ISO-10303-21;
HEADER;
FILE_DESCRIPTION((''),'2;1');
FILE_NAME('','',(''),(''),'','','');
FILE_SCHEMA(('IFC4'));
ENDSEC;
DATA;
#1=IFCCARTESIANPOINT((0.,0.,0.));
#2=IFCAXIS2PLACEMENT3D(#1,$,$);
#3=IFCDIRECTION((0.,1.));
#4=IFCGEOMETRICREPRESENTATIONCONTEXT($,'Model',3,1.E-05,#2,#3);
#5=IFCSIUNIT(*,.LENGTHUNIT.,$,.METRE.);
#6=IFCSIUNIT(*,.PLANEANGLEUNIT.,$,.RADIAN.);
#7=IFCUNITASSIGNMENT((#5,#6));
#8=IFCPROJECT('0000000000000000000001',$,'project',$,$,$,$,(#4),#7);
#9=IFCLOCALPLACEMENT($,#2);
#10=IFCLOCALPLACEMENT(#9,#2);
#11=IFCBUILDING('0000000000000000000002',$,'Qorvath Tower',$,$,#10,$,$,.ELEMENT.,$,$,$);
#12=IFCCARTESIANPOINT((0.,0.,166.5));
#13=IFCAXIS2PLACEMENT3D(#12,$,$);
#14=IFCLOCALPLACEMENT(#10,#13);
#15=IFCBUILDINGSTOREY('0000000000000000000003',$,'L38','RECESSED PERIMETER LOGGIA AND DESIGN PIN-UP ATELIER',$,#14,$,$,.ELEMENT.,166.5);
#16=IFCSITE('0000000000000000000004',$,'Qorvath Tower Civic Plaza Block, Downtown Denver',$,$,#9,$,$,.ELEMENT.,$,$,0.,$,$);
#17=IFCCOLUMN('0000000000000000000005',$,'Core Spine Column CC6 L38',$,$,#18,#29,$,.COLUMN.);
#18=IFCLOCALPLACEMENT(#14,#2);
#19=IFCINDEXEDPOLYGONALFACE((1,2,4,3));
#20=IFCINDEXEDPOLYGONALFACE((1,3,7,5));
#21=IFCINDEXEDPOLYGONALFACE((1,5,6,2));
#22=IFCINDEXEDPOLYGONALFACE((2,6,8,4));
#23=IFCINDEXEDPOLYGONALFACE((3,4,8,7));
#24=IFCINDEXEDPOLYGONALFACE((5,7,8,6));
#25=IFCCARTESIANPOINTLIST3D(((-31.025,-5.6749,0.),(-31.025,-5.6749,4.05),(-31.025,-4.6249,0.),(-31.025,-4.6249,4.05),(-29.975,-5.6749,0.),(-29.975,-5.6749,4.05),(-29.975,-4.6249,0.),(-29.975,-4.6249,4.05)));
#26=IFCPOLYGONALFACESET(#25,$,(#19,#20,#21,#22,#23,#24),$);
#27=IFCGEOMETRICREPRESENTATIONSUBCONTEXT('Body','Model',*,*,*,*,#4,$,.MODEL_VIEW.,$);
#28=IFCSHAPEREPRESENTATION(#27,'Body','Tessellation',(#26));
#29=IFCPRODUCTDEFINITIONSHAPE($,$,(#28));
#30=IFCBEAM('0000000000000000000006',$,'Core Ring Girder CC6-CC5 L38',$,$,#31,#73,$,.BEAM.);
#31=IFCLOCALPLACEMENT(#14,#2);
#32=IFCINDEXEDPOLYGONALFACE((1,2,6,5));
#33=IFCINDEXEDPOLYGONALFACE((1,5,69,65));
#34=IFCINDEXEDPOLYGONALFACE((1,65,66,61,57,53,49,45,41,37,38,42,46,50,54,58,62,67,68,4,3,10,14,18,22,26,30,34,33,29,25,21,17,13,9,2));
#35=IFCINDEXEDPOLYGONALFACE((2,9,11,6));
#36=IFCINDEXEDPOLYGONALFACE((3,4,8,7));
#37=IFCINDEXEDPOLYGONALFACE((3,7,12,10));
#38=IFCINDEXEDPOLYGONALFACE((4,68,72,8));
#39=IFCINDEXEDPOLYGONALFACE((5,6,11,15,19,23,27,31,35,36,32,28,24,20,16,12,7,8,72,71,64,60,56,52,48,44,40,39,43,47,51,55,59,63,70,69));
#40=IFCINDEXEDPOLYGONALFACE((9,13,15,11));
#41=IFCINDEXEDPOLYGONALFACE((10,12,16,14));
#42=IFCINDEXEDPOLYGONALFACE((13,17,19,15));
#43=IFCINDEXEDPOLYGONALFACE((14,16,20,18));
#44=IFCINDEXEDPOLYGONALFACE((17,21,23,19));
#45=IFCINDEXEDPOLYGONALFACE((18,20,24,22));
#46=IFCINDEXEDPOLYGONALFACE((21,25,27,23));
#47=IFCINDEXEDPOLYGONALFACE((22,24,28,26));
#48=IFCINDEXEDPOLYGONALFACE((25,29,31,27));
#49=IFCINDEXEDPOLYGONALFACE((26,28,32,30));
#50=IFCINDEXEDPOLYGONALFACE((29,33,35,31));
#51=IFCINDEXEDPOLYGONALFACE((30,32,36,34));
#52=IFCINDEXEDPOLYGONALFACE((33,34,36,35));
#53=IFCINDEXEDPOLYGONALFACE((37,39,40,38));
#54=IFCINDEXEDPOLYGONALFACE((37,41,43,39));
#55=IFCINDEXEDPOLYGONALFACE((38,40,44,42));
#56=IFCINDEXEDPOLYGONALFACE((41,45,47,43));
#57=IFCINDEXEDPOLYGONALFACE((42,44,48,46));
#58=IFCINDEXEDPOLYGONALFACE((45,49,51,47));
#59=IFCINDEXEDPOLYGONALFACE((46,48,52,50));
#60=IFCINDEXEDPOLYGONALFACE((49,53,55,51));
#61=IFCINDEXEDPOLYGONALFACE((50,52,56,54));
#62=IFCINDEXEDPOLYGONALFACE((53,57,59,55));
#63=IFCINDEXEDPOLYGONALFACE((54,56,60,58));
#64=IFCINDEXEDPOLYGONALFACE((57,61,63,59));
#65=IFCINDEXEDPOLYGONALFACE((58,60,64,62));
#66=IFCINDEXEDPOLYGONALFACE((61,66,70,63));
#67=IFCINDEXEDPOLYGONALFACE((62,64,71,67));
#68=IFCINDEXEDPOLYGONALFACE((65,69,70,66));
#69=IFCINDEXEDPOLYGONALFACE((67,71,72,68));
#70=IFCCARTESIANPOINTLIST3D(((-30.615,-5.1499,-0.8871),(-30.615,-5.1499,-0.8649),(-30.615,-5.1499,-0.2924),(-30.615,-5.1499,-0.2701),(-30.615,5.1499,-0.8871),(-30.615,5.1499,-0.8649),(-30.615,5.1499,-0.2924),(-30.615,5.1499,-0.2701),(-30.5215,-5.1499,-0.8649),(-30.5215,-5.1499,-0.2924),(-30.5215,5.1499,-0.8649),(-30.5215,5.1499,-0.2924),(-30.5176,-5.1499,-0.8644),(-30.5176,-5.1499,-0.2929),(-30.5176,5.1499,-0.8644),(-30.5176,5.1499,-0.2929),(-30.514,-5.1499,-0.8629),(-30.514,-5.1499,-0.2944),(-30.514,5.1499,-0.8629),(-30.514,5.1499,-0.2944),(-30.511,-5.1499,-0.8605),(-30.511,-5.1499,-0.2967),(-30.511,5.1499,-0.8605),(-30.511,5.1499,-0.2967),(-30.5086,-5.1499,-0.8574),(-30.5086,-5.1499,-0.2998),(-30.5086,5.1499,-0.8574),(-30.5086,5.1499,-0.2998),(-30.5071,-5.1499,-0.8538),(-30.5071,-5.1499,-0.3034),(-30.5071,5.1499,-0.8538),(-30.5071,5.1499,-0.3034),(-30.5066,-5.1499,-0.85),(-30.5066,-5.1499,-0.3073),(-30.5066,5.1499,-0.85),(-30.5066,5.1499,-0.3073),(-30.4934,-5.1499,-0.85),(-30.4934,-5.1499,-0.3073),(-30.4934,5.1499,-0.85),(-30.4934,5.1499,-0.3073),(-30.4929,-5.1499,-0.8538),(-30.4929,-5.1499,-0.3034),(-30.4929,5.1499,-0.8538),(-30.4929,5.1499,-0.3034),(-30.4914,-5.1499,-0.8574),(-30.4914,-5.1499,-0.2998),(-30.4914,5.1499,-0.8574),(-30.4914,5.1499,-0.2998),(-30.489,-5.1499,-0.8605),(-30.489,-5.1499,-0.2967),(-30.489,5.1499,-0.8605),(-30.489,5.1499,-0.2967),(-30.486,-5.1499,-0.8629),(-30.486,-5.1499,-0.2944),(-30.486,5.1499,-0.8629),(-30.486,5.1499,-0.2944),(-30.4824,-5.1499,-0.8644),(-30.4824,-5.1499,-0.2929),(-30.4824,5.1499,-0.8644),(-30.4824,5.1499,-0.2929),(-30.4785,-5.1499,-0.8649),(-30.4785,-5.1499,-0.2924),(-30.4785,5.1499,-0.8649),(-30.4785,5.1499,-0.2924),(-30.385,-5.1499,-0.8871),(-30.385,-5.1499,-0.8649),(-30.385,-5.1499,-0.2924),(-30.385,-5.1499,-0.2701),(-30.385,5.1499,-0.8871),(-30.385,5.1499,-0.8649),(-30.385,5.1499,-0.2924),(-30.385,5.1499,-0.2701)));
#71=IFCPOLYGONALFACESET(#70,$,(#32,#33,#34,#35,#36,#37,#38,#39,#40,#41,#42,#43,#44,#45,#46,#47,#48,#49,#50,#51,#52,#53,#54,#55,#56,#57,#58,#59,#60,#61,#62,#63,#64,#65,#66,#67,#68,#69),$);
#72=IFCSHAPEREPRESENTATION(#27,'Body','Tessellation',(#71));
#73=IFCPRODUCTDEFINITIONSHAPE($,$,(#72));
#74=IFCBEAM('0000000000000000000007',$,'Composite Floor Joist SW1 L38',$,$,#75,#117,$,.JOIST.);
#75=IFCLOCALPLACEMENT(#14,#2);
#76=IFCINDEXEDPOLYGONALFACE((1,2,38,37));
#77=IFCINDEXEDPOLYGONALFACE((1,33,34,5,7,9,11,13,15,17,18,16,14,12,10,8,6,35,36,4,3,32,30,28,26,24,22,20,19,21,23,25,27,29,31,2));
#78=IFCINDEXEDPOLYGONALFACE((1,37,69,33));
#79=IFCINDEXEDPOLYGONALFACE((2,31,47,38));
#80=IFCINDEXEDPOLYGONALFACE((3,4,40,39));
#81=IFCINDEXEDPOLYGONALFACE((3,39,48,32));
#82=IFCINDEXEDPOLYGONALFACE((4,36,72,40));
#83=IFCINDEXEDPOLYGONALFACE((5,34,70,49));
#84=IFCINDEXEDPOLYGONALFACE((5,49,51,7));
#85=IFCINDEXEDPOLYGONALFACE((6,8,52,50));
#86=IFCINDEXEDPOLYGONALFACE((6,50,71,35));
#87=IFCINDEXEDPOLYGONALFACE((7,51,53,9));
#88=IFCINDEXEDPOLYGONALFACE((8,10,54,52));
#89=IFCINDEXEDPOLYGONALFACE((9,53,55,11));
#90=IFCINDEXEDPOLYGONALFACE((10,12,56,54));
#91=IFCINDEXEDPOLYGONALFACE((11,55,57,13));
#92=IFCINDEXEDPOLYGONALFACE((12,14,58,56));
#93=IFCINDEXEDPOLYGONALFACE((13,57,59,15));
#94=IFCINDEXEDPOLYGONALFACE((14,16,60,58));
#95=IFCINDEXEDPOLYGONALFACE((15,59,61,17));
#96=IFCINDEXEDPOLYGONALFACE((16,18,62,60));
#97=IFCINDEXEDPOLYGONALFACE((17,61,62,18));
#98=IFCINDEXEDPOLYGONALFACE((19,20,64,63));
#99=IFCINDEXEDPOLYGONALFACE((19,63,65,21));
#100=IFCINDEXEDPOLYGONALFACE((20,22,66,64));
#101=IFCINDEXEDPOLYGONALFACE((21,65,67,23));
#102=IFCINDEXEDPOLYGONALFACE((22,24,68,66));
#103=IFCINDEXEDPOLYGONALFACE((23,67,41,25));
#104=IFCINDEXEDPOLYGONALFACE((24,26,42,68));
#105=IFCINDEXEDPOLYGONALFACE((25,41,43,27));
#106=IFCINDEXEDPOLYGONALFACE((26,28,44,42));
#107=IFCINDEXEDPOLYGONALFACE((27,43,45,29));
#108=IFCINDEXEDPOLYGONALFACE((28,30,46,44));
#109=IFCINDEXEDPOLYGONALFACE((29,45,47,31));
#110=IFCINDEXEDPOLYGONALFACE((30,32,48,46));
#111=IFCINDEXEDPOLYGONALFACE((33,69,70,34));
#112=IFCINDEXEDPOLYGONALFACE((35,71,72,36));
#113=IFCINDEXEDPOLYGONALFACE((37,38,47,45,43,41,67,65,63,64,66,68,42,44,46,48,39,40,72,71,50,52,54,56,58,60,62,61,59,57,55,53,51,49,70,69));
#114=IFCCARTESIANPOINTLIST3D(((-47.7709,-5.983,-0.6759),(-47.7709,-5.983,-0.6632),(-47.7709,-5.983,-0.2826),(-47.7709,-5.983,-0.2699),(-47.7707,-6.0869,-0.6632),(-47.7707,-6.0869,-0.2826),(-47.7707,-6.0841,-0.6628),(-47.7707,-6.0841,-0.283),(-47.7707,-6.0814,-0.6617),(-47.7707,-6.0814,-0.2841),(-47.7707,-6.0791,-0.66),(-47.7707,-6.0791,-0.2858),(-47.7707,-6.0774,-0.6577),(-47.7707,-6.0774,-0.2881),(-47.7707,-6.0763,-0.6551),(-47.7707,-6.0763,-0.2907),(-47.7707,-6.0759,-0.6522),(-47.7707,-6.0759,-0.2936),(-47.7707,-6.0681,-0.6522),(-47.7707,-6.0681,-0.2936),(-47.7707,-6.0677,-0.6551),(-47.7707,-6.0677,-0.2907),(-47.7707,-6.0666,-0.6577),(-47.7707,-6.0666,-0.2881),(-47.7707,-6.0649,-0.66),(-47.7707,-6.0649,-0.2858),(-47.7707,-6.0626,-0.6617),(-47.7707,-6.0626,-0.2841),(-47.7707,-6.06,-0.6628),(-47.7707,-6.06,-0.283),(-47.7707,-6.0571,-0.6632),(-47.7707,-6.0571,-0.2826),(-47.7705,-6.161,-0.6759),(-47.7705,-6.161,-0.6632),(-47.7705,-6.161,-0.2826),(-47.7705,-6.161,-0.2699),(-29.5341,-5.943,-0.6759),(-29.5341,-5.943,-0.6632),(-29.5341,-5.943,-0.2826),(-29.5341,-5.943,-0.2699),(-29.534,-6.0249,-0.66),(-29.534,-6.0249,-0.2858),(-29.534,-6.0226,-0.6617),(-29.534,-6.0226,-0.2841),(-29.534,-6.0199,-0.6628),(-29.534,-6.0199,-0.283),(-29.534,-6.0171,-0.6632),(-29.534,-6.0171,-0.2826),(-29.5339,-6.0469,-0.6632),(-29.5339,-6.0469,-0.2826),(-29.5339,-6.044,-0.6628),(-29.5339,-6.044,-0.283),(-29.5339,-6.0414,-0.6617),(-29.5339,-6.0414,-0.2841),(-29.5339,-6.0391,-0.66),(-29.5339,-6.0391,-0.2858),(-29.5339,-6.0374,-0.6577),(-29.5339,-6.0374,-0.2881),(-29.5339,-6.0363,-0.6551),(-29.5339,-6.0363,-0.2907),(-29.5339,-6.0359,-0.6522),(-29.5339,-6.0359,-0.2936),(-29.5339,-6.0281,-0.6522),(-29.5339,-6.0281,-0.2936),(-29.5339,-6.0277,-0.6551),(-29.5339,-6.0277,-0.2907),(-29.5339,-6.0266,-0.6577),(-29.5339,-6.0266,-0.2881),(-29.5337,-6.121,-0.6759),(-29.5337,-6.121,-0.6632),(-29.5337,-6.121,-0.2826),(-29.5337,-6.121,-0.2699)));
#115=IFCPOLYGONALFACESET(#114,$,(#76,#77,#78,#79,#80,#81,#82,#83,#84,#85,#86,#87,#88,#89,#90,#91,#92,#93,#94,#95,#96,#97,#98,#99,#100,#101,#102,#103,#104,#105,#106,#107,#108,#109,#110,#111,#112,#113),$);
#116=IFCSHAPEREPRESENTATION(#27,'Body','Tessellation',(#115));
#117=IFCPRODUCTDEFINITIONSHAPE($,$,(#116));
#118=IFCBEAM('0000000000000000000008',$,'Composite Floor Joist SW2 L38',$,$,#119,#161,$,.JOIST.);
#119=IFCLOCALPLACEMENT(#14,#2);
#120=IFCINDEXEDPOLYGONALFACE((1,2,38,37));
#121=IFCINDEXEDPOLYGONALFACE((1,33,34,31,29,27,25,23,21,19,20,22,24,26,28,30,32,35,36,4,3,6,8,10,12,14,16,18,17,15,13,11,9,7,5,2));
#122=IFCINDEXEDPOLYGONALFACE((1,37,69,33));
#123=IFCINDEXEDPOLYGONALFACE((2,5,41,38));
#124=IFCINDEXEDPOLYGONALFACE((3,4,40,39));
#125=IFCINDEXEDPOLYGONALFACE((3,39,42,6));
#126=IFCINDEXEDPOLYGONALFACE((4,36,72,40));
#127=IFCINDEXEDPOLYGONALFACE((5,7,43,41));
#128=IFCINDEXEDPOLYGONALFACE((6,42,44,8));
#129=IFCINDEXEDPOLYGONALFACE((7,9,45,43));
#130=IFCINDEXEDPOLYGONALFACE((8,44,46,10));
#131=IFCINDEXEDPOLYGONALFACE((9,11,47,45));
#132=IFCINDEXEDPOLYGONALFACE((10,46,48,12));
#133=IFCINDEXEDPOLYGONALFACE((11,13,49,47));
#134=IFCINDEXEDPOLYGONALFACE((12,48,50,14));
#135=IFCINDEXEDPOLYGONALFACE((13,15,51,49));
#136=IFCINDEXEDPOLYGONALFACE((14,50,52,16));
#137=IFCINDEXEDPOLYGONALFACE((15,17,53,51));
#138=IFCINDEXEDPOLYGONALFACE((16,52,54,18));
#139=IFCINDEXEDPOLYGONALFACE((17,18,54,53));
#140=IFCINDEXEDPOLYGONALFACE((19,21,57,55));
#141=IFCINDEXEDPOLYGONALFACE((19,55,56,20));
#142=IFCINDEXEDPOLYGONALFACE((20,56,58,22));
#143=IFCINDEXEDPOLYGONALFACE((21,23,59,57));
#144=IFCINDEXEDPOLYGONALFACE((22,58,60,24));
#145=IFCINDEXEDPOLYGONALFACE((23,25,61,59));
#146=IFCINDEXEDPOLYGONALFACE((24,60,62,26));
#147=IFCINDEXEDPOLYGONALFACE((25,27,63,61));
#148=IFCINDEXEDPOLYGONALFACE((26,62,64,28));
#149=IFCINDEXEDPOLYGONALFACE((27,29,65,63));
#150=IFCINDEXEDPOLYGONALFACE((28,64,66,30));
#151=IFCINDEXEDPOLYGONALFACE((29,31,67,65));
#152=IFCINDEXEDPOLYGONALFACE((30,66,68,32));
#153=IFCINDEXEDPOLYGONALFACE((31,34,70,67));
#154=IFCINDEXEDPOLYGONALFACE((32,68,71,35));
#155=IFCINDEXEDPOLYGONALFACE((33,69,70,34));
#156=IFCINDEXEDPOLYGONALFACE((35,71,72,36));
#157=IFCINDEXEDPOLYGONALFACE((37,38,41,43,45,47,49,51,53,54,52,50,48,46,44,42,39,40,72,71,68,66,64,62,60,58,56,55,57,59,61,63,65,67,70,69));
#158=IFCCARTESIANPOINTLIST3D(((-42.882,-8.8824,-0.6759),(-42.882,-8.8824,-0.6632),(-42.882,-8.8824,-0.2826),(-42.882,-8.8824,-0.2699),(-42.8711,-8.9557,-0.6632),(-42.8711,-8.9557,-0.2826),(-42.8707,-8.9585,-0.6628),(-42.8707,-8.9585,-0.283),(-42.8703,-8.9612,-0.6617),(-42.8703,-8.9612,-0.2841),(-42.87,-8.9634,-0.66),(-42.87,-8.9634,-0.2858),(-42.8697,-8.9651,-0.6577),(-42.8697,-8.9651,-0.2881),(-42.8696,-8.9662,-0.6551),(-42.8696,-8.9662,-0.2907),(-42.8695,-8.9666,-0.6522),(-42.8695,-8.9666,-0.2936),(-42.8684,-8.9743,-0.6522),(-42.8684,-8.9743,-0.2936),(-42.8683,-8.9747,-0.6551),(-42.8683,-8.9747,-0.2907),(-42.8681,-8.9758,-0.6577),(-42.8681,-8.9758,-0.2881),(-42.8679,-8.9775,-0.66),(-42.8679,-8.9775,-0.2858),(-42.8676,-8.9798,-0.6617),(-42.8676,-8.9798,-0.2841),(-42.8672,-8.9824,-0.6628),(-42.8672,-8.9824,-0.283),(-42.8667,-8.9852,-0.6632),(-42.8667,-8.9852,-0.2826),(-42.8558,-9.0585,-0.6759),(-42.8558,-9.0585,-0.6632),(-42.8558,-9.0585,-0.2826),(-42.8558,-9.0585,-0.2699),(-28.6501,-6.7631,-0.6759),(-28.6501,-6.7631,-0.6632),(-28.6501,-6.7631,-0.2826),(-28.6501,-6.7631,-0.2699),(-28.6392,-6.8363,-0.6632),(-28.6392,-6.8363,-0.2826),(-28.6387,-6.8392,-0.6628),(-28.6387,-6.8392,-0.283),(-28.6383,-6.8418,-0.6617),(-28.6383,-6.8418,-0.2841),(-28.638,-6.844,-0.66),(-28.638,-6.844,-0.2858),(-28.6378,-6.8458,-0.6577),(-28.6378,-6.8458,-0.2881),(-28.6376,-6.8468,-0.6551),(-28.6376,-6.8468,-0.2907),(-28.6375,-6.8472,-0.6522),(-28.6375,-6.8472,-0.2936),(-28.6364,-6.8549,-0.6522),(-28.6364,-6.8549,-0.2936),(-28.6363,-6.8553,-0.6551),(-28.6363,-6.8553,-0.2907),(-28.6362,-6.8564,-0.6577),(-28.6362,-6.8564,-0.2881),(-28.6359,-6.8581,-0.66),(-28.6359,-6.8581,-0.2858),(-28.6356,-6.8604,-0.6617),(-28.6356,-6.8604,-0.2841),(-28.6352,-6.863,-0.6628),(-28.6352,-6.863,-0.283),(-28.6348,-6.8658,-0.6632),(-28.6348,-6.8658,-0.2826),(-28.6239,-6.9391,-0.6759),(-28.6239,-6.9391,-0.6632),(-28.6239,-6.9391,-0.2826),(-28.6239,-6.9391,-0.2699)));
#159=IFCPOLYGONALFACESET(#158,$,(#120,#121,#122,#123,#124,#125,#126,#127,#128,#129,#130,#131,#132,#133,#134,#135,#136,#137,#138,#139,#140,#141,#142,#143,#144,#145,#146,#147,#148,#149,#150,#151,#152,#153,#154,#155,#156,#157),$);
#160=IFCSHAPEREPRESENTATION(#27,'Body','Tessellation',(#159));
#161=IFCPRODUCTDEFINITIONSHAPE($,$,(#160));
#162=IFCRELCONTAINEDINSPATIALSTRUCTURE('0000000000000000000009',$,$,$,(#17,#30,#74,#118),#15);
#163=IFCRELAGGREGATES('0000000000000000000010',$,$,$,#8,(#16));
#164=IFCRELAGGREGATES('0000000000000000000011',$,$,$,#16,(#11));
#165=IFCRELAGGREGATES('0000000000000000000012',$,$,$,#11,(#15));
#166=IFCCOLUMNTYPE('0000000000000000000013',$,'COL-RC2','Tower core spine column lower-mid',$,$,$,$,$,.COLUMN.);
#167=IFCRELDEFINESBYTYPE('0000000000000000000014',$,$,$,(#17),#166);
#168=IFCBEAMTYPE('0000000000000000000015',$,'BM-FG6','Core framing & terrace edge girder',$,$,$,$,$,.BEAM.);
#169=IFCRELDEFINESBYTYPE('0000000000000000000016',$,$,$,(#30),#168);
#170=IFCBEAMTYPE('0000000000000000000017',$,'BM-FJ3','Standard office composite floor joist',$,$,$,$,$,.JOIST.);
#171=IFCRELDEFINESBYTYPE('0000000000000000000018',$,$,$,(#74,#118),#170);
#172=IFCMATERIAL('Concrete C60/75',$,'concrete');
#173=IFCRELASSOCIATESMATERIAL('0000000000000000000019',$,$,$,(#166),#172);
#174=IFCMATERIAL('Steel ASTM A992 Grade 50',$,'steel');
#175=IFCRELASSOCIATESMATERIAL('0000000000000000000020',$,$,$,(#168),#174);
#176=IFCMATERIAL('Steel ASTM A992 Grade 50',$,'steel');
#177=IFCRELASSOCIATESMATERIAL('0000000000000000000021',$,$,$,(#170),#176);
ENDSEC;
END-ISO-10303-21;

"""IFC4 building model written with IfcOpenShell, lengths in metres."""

from ifc_helpers import new_model, si_unit, direction, frame, origin, origin_2d, place, context, subcontext, project, spatial, rectangle, i_section, extrude, material, material_profile, profile_set, type_object, element, save


model = new_model("IFC4")

# Units and contexts
model_context = context("Model", 3, precision=1e-05, world=origin(), true_north=direction((0.0, 1.0)))
body_context = subcontext(model_context, "Body", "Model", "MODEL_VIEW")
ifc_project = project(units=[si_unit("LENGTHUNIT", "METRE"), si_unit("PLANEANGLEUNIT", "RADIAN")], contexts=[model_context])

# Site, building, storey
site_placement = place(None, origin())
site = spatial("IfcSite", under=ifc_project, at=site_placement, Name="Qorvath Tower Civic Plaza Block, Downtown Denver", CompositionType="ELEMENT", RefElevation=0.0)
building_placement = place(site_placement, origin())
building = spatial("IfcBuilding", under=site, at=building_placement, Name="Qorvath Tower", CompositionType="ELEMENT")
storey_placement = place(building_placement, frame((0.0, 0.0, 166.5)))
storey = spatial("IfcBuildingStorey", under=building, at=storey_placement, Name="L38", Description="RECESSED PERIMETER LOGGIA AND DESIGN PIN-UP ATELIER", CompositionType="ELEMENT", Elevation=166.5)

# Column
ifc_material_1 = material(Name="Concrete C60/75", Category="concrete")
ifc_material_profile_1 = material_profile(ifc_material_1, rectangle(XDim=1.05, YDim=1.05, at=origin_2d()), Name="RC 1050x1050")
ifc_profile_set_1 = profile_set([ifc_material_profile_1], Name="Concrete C60/75")
column_type = type_object("IfcColumnType", Name="COL-RC2", Description="Tower core spine column lower-mid", PredefinedType="COLUMN", material=ifc_profile_set_1)
column_placement = place(storey_placement, frame((-30.5, -5.1499, 0.0), z_axis=(0.0, 0.0, 1.0), x_axis=(1.0, 0.0, 0.0)))
element("IfcColumn", 1, at=column_placement, inside=storey, type_object=column_type, Name="Core Spine Column CC6 L38", PredefinedType="COLUMN", context=body_context, shape_type="SweptSolid", body=[
    extrude(rectangle(XDim=1.05, YDim=1.05, at=origin_2d()), origin(), (0.0, 0.0, 1.0), 4.05),
])

# Beams
ifc_material_2 = material(Name="Steel ASTM A992 Grade 50", Category="steel")
ifc_material_profile_2 = material_profile(ifc_material_2, i_section(OverallWidth=0.23, OverallDepth=0.6169, WebThickness=0.0132, FlangeThickness=0.0222, FilletRadius=0.0149, at=origin_2d()), Name="W24x94")
ifc_profile_set_2 = profile_set([ifc_material_profile_2], Name="Steel ASTM A992 Grade 50")
beam_type_1 = type_object("IfcBeamType", Name="BM-FG6", Description="Core framing & terrace edge girder", PredefinedType="BEAM", material=ifc_profile_set_2)
beam_1_placement = place(storey_placement, frame((-30.5, -5.1499, -0.5786), z_axis=(0.0, 1.0, 0.0), x_axis=(-1.0, 0.0, 0.0)))
element("IfcBeam", 2, at=beam_1_placement, inside=storey, type_object=beam_type_1, Name="Core Ring Girder CC6-CC5 L38", PredefinedType="BEAM", context=body_context, shape_type="SweptSolid", body=[
    extrude(i_section(OverallWidth=0.23, OverallDepth=0.6169, WebThickness=0.0132, FlangeThickness=0.0222, FilletRadius=0.0149, at=origin_2d()), origin(), (0.0, 0.0, 1.0), 10.2998),
])
ifc_material_3 = material(Name="Steel ASTM A992 Grade 50", Category="steel")
ifc_material_profile_3 = material_profile(ifc_material_3, i_section(OverallWidth=0.178, OverallDepth=0.406, WebThickness=0.0078, FlangeThickness=0.0127, FilletRadius=0.011, at=origin_2d()), Name="W16x40")
ifc_profile_set_3 = profile_set([ifc_material_profile_3], Name="Steel ASTM A992 Grade 50")
beam_type_2 = type_object("IfcBeamType", Name="BM-FJ3", Description="Standard office composite floor joist", PredefinedType="JOIST", material=ifc_profile_set_3)
beam_2_placement = place(storey_placement, frame((-29.5339, -6.032, -0.4729), z_axis=(-0.999998, -0.002196, 0.0), x_axis=(0.002196, -0.999998, 0.0)))
element("IfcBeam", 3, at=beam_2_placement, inside=storey, type_object=beam_type_2, Name="Composite Floor Joist SW1 L38", PredefinedType="JOIST", context=body_context, shape_type="SweptSolid", body=[
    extrude(i_section(OverallWidth=0.178, OverallDepth=0.406, WebThickness=0.0078, FlangeThickness=0.0127, FilletRadius=0.011, at=origin_2d()), origin(), (0.0, 0.0, 1.0), 18.2368),
])
beam_3_placement = place(storey_placement, frame((-28.637, -6.8511, -0.4729), z_axis=(-0.989093, -0.147293, 0.0), x_axis=(0.147293, -0.989093, 0.0)))
element("IfcBeam", 4, at=beam_3_placement, inside=storey, type_object=beam_type_2, Name="Composite Floor Joist SW2 L38", PredefinedType="JOIST", context=body_context, shape_type="SweptSolid", body=[
    extrude(i_section(OverallWidth=0.178, OverallDepth=0.406, WebThickness=0.0078, FlangeThickness=0.0127, FilletRadius=0.011, at=origin_2d()), origin(), (0.0, 0.0, 1.0), 14.3889),
])

save(model, "model.ifc")
